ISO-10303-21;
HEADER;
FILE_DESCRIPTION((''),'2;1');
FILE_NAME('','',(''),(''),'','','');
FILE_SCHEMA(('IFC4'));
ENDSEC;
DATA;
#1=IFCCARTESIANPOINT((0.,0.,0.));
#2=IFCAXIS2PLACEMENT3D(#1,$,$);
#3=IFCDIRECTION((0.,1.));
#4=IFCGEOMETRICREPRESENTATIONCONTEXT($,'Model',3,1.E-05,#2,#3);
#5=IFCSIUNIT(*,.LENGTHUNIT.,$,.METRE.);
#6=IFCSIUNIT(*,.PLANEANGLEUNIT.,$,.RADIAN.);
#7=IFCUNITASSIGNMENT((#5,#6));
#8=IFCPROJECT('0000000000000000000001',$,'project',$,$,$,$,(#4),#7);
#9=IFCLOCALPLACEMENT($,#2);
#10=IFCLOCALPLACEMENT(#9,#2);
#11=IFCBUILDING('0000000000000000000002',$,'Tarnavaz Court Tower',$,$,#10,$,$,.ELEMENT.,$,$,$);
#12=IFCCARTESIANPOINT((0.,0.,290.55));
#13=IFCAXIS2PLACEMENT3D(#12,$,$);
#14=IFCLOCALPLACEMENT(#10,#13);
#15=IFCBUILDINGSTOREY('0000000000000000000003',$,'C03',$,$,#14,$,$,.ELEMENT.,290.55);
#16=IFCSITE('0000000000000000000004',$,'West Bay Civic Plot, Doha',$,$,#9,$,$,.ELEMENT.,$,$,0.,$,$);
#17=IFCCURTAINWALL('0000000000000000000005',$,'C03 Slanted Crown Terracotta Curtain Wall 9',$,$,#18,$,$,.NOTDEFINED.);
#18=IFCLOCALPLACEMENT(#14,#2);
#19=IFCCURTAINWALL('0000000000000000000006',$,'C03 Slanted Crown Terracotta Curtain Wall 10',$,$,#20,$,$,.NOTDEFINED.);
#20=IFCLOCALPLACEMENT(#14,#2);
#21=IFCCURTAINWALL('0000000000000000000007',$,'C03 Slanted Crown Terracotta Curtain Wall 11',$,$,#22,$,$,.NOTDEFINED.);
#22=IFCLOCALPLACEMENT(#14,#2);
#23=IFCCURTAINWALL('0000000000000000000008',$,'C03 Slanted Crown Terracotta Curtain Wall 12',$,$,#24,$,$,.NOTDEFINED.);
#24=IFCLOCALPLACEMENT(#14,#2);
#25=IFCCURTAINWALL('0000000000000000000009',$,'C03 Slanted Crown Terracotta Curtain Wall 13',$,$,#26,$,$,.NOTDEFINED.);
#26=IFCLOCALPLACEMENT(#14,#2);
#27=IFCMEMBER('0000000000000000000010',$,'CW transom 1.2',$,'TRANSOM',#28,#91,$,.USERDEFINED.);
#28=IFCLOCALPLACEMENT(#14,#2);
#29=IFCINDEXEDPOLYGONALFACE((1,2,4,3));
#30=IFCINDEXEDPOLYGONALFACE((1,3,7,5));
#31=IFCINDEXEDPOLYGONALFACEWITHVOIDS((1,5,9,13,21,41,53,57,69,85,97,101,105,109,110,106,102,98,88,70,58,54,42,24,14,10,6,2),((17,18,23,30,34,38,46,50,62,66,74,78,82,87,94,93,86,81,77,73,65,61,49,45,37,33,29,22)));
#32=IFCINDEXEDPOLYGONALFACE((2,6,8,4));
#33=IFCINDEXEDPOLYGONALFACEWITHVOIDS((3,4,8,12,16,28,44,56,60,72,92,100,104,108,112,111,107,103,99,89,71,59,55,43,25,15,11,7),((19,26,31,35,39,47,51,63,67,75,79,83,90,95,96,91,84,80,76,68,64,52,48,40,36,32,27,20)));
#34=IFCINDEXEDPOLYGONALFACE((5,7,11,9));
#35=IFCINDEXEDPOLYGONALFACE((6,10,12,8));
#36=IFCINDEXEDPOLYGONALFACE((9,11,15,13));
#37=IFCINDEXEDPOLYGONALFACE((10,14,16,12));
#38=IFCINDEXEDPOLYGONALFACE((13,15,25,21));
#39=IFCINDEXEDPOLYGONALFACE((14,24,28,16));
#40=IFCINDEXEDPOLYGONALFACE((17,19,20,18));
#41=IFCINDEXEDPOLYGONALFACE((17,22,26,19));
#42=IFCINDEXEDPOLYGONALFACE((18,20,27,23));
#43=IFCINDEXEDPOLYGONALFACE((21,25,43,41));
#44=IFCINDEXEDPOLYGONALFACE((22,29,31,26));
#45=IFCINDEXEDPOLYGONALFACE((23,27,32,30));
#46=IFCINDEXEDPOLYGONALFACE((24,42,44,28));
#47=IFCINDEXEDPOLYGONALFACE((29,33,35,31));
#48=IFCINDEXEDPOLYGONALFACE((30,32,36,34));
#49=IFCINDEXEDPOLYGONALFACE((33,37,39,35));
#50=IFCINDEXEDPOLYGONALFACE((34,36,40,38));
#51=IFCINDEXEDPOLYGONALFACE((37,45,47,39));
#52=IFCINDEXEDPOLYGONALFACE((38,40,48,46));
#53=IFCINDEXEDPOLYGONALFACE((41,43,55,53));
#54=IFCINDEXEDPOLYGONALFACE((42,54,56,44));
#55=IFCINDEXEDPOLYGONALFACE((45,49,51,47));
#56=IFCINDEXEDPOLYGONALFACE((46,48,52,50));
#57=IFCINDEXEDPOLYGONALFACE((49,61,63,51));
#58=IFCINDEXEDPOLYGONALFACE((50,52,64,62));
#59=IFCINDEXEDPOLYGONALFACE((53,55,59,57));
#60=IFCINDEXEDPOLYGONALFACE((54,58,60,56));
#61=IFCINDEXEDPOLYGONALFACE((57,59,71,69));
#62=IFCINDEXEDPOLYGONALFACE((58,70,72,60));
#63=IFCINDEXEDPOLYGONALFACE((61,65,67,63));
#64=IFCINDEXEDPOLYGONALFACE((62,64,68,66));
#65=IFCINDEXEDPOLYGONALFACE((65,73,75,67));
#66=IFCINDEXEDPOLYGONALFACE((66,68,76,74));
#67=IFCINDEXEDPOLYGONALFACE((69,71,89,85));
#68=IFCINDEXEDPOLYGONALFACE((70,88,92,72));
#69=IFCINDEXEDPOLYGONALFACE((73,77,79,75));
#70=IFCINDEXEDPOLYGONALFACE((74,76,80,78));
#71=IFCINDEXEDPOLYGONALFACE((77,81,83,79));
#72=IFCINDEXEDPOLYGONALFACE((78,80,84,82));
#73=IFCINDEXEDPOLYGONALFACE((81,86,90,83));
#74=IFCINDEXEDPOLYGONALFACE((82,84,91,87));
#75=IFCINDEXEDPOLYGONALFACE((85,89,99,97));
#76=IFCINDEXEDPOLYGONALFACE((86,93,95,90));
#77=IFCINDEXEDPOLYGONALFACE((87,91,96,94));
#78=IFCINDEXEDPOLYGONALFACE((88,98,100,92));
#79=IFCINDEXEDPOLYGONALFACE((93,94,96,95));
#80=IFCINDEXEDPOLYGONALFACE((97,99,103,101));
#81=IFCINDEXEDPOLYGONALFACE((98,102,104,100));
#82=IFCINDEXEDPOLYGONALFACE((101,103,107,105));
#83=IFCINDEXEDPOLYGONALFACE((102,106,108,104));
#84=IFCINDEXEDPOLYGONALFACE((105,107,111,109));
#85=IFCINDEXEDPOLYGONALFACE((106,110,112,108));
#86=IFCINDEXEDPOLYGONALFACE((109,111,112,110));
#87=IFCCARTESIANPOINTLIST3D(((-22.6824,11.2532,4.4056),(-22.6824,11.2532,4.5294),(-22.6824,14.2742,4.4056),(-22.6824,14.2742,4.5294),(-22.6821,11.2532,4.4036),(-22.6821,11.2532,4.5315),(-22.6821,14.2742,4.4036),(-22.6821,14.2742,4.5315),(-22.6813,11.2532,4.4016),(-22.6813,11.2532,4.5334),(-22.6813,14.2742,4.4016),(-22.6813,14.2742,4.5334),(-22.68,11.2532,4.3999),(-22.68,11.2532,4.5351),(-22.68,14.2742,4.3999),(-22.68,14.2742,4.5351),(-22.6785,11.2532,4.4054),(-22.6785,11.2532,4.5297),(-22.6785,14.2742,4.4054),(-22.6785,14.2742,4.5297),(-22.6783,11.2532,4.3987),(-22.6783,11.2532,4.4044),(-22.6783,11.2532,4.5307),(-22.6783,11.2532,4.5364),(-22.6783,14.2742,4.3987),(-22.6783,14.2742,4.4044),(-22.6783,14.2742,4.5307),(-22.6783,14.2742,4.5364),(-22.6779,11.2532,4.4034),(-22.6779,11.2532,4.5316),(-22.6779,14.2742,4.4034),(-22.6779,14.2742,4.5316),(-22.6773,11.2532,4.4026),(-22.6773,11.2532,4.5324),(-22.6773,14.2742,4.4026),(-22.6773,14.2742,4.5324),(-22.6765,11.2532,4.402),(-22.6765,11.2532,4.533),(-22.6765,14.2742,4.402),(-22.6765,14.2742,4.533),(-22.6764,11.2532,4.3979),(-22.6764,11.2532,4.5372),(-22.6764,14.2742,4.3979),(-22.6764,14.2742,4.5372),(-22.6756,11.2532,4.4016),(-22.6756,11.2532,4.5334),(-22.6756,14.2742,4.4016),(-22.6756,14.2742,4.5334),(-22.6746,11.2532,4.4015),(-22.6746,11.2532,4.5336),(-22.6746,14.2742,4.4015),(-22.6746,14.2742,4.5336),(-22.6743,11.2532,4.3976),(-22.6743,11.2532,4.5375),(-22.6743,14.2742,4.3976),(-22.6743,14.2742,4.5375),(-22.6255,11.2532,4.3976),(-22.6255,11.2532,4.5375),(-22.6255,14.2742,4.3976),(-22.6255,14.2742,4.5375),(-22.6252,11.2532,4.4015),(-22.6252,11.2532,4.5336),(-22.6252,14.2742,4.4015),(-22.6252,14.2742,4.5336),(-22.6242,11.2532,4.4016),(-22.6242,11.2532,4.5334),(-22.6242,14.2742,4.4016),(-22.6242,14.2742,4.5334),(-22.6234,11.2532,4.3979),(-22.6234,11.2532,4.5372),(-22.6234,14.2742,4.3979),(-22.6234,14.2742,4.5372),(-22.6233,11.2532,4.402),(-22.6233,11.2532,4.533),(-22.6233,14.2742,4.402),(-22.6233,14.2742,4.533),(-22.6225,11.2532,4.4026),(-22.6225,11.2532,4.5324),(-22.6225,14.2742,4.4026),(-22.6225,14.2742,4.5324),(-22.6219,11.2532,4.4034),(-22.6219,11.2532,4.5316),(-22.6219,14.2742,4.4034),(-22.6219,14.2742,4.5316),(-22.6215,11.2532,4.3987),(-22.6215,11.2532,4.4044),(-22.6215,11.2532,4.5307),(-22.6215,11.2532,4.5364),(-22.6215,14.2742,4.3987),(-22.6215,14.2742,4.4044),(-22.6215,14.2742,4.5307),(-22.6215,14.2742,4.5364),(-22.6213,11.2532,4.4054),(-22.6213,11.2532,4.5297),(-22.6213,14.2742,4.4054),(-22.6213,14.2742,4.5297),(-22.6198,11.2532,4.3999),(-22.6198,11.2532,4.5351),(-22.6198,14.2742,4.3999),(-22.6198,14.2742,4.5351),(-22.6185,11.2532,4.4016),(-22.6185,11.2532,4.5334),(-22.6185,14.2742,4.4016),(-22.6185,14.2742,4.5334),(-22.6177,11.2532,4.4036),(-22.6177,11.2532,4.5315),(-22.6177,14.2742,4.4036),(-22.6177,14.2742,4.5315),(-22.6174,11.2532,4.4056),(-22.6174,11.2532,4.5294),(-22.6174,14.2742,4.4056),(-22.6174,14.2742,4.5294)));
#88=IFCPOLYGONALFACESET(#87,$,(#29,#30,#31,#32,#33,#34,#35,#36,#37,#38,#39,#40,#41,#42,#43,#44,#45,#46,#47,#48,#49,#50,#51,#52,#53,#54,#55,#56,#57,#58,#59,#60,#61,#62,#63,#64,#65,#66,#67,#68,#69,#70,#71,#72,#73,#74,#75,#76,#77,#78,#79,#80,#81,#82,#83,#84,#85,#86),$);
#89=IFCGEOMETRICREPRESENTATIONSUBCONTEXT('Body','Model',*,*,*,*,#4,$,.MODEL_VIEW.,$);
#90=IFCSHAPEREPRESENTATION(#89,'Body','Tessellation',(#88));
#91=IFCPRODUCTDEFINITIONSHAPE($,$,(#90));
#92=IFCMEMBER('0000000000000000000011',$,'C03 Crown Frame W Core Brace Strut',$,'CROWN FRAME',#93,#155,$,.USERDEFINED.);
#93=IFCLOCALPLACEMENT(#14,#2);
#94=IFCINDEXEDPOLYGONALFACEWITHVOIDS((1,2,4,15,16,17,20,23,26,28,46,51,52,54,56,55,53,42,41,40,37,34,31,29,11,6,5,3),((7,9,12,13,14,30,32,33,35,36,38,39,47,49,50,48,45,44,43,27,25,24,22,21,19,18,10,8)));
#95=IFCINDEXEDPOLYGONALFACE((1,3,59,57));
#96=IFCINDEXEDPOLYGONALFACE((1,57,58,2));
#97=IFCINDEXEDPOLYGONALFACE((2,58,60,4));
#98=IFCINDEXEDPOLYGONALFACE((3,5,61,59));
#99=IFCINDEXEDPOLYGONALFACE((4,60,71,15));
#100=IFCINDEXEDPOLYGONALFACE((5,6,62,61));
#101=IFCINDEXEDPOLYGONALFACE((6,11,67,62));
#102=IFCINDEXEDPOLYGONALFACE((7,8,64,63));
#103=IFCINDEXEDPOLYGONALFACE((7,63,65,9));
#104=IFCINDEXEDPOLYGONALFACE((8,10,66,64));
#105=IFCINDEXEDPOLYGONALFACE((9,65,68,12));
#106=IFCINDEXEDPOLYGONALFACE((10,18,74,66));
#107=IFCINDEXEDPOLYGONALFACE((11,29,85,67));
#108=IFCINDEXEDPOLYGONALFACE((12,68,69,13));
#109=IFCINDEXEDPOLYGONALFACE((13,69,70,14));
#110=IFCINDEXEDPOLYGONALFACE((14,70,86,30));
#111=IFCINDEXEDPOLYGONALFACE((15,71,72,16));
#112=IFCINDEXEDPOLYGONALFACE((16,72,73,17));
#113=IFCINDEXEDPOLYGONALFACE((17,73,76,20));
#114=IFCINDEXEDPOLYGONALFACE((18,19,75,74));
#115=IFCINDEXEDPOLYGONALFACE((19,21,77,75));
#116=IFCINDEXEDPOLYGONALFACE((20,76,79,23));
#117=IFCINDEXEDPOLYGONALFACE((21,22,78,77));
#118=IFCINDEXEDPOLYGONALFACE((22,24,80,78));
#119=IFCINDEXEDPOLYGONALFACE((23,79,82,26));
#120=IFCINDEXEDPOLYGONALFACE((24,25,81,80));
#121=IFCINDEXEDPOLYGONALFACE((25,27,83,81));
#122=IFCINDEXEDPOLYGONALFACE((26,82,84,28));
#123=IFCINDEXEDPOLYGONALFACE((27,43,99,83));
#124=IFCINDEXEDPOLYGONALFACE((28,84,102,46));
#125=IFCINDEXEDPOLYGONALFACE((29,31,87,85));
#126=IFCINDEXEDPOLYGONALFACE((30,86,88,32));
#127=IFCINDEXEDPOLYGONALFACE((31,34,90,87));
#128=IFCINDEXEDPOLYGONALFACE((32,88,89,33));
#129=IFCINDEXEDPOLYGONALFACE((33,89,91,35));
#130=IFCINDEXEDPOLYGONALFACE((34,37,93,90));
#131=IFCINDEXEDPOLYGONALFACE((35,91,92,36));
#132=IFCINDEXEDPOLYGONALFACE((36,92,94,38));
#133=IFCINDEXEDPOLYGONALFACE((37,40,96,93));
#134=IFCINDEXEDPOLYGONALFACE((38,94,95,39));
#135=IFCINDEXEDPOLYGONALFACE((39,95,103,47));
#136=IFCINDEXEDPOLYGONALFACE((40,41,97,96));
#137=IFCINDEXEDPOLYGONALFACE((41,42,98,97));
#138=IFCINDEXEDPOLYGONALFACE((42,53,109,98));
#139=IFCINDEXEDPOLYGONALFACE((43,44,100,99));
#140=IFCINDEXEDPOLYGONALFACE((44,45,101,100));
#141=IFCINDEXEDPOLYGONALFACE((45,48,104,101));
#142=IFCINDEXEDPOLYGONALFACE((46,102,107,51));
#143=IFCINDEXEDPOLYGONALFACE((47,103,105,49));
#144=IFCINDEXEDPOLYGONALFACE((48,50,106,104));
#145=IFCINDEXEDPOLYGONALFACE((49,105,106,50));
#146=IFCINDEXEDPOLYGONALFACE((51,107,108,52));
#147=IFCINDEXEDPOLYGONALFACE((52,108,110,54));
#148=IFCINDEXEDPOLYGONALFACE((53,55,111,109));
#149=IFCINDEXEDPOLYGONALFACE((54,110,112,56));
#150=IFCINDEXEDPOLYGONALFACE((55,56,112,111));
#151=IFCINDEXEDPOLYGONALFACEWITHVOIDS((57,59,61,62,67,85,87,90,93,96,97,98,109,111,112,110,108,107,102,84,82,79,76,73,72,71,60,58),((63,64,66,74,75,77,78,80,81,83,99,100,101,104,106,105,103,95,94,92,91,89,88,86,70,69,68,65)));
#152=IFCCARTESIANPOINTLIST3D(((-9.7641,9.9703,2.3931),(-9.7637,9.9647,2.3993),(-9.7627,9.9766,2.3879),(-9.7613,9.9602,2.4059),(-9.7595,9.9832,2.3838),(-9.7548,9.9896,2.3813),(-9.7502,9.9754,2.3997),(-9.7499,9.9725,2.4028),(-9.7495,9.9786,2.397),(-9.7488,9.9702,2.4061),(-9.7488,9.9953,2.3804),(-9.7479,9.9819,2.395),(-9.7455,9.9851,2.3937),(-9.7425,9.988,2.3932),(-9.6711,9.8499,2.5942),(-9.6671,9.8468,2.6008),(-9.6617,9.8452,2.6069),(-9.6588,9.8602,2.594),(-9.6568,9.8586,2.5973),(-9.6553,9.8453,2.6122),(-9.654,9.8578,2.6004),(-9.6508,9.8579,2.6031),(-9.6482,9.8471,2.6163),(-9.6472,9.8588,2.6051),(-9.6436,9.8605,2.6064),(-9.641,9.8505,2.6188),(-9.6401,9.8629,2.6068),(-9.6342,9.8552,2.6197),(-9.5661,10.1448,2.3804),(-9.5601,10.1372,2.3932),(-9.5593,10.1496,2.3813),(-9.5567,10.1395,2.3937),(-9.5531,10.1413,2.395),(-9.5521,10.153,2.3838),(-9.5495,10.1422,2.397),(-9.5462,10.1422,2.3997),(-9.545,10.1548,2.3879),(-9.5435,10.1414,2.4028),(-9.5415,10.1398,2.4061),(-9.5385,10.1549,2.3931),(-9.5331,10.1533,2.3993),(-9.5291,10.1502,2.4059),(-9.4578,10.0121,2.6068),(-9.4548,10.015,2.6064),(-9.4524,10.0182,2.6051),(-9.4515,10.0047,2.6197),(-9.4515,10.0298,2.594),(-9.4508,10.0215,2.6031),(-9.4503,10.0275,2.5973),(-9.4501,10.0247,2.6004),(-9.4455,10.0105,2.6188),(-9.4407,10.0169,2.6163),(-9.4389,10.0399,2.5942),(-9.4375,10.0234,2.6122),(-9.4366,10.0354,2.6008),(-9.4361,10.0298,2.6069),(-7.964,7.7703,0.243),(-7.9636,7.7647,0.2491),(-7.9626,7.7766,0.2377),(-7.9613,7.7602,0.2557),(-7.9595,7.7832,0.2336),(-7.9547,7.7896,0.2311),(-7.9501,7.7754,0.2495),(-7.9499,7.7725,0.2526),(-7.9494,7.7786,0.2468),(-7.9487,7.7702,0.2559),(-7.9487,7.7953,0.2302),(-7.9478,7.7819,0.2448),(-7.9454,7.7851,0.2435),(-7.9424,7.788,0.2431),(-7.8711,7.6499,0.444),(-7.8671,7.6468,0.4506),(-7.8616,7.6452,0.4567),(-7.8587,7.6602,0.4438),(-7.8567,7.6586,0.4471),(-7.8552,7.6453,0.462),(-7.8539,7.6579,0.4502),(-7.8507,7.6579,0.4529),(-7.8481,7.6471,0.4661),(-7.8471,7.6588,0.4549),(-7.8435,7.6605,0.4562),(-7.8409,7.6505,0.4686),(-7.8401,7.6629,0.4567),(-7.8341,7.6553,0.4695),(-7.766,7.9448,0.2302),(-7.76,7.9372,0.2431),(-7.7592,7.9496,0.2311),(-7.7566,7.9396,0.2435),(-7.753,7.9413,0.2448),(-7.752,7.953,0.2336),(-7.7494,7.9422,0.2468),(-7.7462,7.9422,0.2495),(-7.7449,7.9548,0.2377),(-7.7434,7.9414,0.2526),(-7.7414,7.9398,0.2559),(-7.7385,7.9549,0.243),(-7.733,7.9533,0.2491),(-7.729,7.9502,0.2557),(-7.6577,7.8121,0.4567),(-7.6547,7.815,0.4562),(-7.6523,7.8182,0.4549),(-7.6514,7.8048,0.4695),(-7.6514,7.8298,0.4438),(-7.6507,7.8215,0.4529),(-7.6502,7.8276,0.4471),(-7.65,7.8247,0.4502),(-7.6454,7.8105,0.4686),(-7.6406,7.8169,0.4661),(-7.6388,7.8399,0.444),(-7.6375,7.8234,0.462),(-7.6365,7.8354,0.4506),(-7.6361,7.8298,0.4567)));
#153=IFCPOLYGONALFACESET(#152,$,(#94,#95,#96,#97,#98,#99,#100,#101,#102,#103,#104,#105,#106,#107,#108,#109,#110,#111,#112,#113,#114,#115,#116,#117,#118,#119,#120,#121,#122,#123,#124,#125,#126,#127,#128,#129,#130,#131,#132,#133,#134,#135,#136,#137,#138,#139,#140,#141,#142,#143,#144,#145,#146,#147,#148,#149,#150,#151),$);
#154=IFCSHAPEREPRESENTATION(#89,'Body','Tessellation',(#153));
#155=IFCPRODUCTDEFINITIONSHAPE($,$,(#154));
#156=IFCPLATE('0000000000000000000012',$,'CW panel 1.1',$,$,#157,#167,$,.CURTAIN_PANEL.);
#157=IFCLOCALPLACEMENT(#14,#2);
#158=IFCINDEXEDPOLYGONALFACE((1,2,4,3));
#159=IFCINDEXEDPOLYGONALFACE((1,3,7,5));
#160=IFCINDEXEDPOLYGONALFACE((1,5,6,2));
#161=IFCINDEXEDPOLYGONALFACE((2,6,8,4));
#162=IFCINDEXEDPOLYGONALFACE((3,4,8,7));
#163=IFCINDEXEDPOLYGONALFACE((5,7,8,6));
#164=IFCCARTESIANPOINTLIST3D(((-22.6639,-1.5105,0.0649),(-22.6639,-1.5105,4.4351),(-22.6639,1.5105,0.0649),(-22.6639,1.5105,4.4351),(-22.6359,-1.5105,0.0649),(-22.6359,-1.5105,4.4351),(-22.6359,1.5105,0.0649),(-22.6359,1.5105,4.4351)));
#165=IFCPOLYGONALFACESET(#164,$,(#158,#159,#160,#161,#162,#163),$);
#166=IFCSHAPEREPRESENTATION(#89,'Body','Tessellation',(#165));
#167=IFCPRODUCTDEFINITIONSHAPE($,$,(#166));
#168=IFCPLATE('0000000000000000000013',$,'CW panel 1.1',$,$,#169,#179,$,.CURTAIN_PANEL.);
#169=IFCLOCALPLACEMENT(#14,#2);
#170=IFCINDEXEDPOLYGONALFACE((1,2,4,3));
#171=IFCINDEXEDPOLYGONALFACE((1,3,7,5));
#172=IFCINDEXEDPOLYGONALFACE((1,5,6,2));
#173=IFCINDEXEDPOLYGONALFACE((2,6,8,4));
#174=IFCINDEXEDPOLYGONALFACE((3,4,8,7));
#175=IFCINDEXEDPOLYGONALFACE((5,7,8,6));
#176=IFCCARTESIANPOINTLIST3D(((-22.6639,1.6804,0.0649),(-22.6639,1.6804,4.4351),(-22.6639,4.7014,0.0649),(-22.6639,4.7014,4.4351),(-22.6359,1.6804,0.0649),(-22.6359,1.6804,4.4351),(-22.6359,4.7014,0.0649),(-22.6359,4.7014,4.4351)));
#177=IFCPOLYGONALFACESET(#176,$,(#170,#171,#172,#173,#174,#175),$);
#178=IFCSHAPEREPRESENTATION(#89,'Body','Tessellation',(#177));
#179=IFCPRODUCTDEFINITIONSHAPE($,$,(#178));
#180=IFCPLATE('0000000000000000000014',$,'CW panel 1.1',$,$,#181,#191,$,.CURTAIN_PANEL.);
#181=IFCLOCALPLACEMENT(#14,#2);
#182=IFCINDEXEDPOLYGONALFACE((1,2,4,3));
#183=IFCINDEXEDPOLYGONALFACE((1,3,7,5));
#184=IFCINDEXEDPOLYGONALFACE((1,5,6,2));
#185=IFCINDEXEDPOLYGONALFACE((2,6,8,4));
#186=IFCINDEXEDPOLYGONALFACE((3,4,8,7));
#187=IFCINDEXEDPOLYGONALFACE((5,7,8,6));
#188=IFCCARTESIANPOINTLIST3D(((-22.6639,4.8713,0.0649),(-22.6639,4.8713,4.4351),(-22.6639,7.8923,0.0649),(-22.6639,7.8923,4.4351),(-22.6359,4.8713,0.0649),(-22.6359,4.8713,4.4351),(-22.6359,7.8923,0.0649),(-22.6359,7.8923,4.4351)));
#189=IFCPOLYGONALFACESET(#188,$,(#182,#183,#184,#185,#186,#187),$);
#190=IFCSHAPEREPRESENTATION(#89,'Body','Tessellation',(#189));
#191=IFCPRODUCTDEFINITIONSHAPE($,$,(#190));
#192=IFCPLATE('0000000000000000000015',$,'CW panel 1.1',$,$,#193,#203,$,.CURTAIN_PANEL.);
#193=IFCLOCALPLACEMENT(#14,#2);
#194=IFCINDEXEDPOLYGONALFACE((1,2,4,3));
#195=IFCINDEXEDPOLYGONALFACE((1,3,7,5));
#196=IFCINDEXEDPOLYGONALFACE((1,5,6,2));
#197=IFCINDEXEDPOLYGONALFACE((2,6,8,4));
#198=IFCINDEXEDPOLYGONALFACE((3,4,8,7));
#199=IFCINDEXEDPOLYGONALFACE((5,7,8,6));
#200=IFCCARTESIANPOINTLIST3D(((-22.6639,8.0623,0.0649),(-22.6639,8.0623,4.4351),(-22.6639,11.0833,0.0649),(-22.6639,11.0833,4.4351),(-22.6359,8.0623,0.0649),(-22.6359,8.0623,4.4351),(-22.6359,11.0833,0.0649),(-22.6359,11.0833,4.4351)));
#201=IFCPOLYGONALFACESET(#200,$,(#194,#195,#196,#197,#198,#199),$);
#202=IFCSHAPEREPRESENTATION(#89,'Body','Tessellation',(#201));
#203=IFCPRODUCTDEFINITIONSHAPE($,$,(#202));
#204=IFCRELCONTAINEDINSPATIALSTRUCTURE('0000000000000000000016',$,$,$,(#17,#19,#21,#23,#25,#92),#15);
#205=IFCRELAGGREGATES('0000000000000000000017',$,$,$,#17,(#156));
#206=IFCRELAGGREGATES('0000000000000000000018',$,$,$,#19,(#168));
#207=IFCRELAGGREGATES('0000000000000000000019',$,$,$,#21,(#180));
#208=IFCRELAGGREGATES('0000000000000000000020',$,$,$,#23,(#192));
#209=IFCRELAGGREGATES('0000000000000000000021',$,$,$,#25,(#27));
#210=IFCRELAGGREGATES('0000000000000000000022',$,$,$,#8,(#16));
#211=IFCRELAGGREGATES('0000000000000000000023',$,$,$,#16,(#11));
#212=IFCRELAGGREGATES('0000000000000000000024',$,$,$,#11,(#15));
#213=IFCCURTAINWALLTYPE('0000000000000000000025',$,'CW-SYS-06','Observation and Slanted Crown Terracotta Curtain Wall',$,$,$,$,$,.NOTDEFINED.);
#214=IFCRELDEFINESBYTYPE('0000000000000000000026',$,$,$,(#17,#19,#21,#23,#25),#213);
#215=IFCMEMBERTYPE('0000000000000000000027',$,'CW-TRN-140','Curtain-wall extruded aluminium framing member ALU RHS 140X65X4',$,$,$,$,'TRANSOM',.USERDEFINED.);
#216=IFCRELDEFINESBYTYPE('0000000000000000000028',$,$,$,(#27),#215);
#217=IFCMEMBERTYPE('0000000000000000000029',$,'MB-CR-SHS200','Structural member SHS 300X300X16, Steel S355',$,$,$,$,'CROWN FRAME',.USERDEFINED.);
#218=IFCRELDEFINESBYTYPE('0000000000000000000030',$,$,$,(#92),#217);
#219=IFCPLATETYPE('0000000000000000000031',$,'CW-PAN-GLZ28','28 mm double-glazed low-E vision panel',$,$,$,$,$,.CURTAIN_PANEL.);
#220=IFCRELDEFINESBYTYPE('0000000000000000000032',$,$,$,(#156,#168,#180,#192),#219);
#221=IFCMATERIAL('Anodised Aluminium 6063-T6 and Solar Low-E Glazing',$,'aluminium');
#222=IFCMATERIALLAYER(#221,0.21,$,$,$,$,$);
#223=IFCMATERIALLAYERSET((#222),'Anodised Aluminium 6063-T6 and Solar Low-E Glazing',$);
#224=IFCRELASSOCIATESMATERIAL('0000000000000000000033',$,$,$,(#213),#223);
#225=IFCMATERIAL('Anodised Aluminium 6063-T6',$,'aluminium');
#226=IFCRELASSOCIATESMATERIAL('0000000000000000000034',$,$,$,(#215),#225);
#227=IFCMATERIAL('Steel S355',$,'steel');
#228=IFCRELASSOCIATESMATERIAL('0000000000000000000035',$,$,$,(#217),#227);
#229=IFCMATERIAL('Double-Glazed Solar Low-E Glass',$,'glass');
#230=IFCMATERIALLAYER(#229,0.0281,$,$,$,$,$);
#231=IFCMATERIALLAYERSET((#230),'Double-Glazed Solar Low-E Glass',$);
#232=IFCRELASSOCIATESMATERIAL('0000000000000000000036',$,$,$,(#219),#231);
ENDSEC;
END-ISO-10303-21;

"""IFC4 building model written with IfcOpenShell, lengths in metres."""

from ifc_helpers import new_model, si_unit, direction, frame, origin, origin_2d, place, context, subcontext, project, spatial, rectangle, hollow_rectangle, extrude, material, layer, layer_set, material_profile, profile_set, type_object, element, aggregate, save


model = new_model("IFC4")

# Units and contexts
model_context = context("Model", 3, precision=1e-05, world=origin(), true_north=direction((0.0, 1.0)))
body_context = subcontext(model_context, "Body", "Model", "MODEL_VIEW")
ifc_project = project(units=[si_unit("LENGTHUNIT", "METRE"), si_unit("PLANEANGLEUNIT", "RADIAN")], contexts=[model_context])

# Site, building, storey
site_placement = place(None, origin())
site = spatial("IfcSite", under=ifc_project, at=site_placement, Name="West Bay Civic Plot, Doha", CompositionType="ELEMENT", RefElevation=0.0)
building_placement = place(site_placement, origin())
building = spatial("IfcBuilding", under=site, at=building_placement, Name="Tarnavaz Court Tower", CompositionType="ELEMENT")
storey_placement = place(building_placement, frame((0.0, 0.0, 290.55)))
storey = spatial("IfcBuildingStorey", under=building, at=storey_placement, Name="C03", CompositionType="ELEMENT", Elevation=290.55)

# Shared definitions
ifc_material_1 = material(Name="Steel S355", Category="steel")

# Curtain wall
ifc_material_2 = material(Name="Anodised Aluminium 6063-T6 and Solar Low-E Glazing", Category="aluminium")
ifc_layer_1 = layer(ifc_material_2, 0.21)
ifc_layer_set_1 = layer_set([ifc_layer_1], Name="Anodised Aluminium 6063-T6 and Solar Low-E Glazing")
curtain_wall_type = type_object("IfcCurtainWallType", Name="CW-SYS-06", Description="Observation and Slanted Crown Terracotta Curtain Wall", PredefinedType="NOTDEFINED", material=ifc_layer_set_1)
curtain_wall_1_placement = place(storey_placement, origin())
curtain_wall_1 = element("IfcCurtainWall", 1, at=curtain_wall_1_placement, inside=storey, type_object=curtain_wall_type, Name="C03 Slanted Crown Terracotta Curtain Wall 9", PredefinedType="NOTDEFINED")
ifc_material_3 = material(Name="Anodised Aluminium 6063-T6", Category="aluminium")

# Curtain walls
curtain_wall_2_placement = place(storey_placement, origin())
curtain_wall_2 = element("IfcCurtainWall", 2, at=curtain_wall_2_placement, inside=storey, type_object=curtain_wall_type, Name="C03 Slanted Crown Terracotta Curtain Wall 10", PredefinedType="NOTDEFINED")
curtain_wall_3_placement = place(storey_placement, origin())
curtain_wall_3 = element("IfcCurtainWall", 3, at=curtain_wall_3_placement, inside=storey, type_object=curtain_wall_type, Name="C03 Slanted Crown Terracotta Curtain Wall 11", PredefinedType="NOTDEFINED")
curtain_wall_4_placement = place(storey_placement, origin())
curtain_wall_4 = element("IfcCurtainWall", 4, at=curtain_wall_4_placement, inside=storey, type_object=curtain_wall_type, Name="C03 Slanted Crown Terracotta Curtain Wall 12", PredefinedType="NOTDEFINED")
curtain_wall_5_placement = place(storey_placement, origin())
curtain_wall_5 = element("IfcCurtainWall", 5, at=curtain_wall_5_placement, inside=storey, type_object=curtain_wall_type, Name="C03 Slanted Crown Terracotta Curtain Wall 13", PredefinedType="NOTDEFINED")

# Members
ifc_material_profile_1 = material_profile(ifc_material_3, hollow_rectangle(XDim=0.0649, YDim=0.1399, WallThickness=0.0039, InnerFilletRadius=0.0039, OuterFilletRadius=0.0081, at=origin_2d()), Name="ALU RHS 140X65X4")
ifc_profile_set_1 = profile_set([ifc_material_profile_1], Name="Anodised Aluminium 6063-T6")
member_type_1 = type_object("IfcMemberType", Name="CW-TRN-140", Description="Curtain-wall extruded aluminium framing member ALU RHS 140X65X4", ElementType="TRANSOM", PredefinedType="USERDEFINED", material=ifc_profile_set_1)
member_1_placement = place(storey_placement, frame((-22.6499, 11.2532, 4.4675), z_axis=(0.0, 1.0, 0.0), x_axis=(-1.0, 0.0, 0.0)))
member_1 = element("IfcMember", 6, at=member_1_placement, type_object=member_type_1, Name="CW transom 1.2", ObjectType="TRANSOM", PredefinedType="USERDEFINED", context=body_context, shape_type="SweptSolid", body=[
    extrude(hollow_rectangle(XDim=0.0649, YDim=0.1399, WallThickness=0.0039, InnerFilletRadius=0.0039, OuterFilletRadius=0.0081, at=origin_2d()), origin(), (0.0, 0.0, 1.0), 3.021),
])
ifc_material_profile_2 = material_profile(ifc_material_1, hollow_rectangle(XDim=0.3, YDim=0.3, WallThickness=0.0161, InnerFilletRadius=0.0161, OuterFilletRadius=0.032, at=origin_2d()), Name="SHS 300X300X16")
ifc_profile_set_2 = profile_set([ifc_material_profile_2], Name="Steel S355")
member_type_2 = type_object("IfcMemberType", Name="MB-CR-SHS200", Description="Structural member SHS 300X300X16, Steel S355", ElementType="CROWN FRAME", PredefinedType="USERDEFINED", material=ifc_profile_set_2)
member_2_placement = place(storey_placement, frame((-7.8, 7.8, 0.3499), z_axis=(-0.505044, 0.617246, 0.603272), x_axis=(-0.773942, -0.633256, 0.0)))
element("IfcMember", 7, at=member_2_placement, inside=storey, type_object=member_type_2, Name="C03 Crown Frame W Core Brace Strut", ObjectType="CROWN FRAME", PredefinedType="USERDEFINED", context=body_context, shape_type="SweptSolid", body=[
    extrude(hollow_rectangle(XDim=0.3, YDim=0.3, WallThickness=0.0161, InnerFilletRadius=0.0161, OuterFilletRadius=0.032, at=origin_2d()), origin(), (0.0, 0.0, 1.0), 3.5642),
])

# Plates
ifc_material_4 = material(Name="Double-Glazed Solar Low-E Glass", Category="glass")
ifc_layer_2 = layer(ifc_material_4, 0.0281)
ifc_layer_set_2 = layer_set([ifc_layer_2], Name="Double-Glazed Solar Low-E Glass")
plate_type_1 = type_object("IfcPlateType", Name="CW-PAN-GLZ28", Description="28 mm double-glazed low-E vision panel", PredefinedType="CURTAIN_PANEL", material=ifc_layer_set_2)
plate_1_placement = place(storey_placement, frame((-22.6499, 0.0, 0.0649), z_axis=(0.0, 0.0, 1.0), x_axis=(0.0, 1.0, 0.0)))
plate_1 = element("IfcPlate", 8, at=plate_1_placement, type_object=plate_type_1, Name="CW panel 1.1", PredefinedType="CURTAIN_PANEL", context=body_context, shape_type="SweptSolid", body=[
    extrude(rectangle(XDim=3.021, YDim=0.0281, at=origin_2d()), origin(), (0.0, 0.0, 1.0), 4.3701),
])
aggregate(curtain_wall_1, [plate_1])
plate_2_placement = place(storey_placement, frame((-22.6499, 3.1909, 0.0649), z_axis=(0.0, 0.0, 1.0), x_axis=(0.0, 1.0, 0.0)))
plate_2 = element("IfcPlate", 9, at=plate_2_placement, type_object=plate_type_1, Name="CW panel 1.1", PredefinedType="CURTAIN_PANEL", context=body_context, shape_type="SweptSolid", body=[
    extrude(rectangle(XDim=3.021, YDim=0.0281, at=origin_2d()), origin(), (0.0, 0.0, 1.0), 4.3701),
])
aggregate(curtain_wall_2, [plate_2])
plate_3_placement = place(storey_placement, frame((-22.6499, 6.3818, 0.0649), z_axis=(0.0, 0.0, 1.0), x_axis=(0.0, 1.0, 0.0)))
plate_3 = element("IfcPlate", 10, at=plate_3_placement, type_object=plate_type_1, Name="CW panel 1.1", PredefinedType="CURTAIN_PANEL", context=body_context, shape_type="SweptSolid", body=[
    extrude(rectangle(XDim=3.021, YDim=0.0281, at=origin_2d()), origin(), (0.0, 0.0, 1.0), 4.3701),
])
aggregate(curtain_wall_3, [plate_3])
plate_4_placement = place(storey_placement, frame((-22.6499, 9.5728, 0.0649), z_axis=(0.0, 0.0, 1.0), x_axis=(0.0, 1.0, 0.0)))
plate_4 = element("IfcPlate", 11, at=plate_4_placement, type_object=plate_type_1, Name="CW panel 1.1", PredefinedType="CURTAIN_PANEL", context=body_context, shape_type="SweptSolid", body=[
    extrude(rectangle(XDim=3.021, YDim=0.0281, at=origin_2d()), origin(), (0.0, 0.0, 1.0), 4.3701),
])
aggregate(curtain_wall_4, [plate_4])
aggregate(curtain_wall_5, [member_1])

save(model, "model.ifc")
